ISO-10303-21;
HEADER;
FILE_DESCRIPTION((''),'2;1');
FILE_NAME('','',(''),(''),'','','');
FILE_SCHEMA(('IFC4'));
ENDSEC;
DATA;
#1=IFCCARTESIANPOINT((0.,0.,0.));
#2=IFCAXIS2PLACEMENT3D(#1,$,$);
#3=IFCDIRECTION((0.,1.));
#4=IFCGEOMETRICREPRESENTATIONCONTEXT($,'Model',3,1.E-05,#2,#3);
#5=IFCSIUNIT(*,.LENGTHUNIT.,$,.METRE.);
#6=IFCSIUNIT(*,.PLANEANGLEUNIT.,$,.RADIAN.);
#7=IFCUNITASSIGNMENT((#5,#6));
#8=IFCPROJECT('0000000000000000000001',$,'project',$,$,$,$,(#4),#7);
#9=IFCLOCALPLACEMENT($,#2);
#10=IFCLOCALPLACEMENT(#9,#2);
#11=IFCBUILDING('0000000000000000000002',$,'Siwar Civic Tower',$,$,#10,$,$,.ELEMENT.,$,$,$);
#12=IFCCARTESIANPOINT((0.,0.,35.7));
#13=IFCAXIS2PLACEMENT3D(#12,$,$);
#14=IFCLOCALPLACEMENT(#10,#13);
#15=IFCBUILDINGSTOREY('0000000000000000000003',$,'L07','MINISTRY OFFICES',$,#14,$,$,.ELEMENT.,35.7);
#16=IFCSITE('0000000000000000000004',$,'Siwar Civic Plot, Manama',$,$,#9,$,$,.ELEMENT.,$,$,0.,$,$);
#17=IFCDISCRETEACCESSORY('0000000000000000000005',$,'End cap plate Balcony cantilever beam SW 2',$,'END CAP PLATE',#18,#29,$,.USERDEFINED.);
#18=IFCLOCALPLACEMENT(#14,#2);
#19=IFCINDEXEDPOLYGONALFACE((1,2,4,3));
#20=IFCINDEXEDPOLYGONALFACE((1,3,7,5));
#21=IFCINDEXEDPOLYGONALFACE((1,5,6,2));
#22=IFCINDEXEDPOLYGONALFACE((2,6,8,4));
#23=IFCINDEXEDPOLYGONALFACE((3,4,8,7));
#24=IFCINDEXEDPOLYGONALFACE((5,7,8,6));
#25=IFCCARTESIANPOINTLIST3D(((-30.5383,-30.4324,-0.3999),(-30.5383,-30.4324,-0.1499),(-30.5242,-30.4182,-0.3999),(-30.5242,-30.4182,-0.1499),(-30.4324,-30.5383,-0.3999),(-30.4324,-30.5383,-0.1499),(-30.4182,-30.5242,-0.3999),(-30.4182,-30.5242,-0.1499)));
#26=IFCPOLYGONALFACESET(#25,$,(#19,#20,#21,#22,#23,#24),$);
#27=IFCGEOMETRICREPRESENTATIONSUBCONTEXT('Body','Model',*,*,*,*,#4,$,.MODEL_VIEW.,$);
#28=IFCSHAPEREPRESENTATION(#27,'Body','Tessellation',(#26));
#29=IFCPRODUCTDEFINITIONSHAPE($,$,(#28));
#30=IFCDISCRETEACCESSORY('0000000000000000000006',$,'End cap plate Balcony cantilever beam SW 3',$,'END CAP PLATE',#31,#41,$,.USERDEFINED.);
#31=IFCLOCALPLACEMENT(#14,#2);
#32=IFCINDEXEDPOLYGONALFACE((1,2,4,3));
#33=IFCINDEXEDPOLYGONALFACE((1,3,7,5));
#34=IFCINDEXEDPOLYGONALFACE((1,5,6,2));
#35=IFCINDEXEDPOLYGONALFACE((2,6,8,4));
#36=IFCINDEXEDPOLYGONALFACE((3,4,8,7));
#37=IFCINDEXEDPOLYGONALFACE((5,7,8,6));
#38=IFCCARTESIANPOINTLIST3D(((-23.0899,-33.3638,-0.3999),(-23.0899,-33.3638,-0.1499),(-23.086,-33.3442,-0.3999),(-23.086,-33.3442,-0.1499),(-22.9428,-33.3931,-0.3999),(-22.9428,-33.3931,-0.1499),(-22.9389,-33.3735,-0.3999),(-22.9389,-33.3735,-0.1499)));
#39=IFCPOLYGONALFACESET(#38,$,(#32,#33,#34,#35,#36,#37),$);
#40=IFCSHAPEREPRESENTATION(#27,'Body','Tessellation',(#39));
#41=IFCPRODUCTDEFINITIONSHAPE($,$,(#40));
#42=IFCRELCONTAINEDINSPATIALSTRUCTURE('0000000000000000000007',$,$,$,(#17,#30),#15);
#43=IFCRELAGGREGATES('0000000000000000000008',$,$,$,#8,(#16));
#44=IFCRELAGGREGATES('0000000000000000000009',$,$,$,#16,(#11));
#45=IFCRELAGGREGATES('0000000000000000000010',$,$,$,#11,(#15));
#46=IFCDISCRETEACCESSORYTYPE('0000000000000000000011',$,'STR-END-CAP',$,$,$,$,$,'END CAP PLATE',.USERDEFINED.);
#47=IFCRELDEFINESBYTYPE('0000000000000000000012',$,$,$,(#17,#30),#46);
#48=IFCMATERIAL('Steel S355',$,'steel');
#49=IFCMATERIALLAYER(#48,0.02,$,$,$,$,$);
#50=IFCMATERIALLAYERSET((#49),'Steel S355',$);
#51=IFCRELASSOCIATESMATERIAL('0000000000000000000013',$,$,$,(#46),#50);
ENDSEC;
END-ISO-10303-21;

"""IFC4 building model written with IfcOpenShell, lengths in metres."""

from ifc_helpers import new_model, si_unit, direction, frame, origin, origin_2d, place, context, subcontext, project, spatial, rectangle, extrude, material, layer, layer_set, type_object, element, save


model = new_model("IFC4")

# Units and contexts
model_context = context("Model", 3, precision=1e-05, world=origin(), true_north=direction((0.0, 1.0)))
body_context = subcontext(model_context, "Body", "Model", "MODEL_VIEW")
ifc_project = project(units=[si_unit("LENGTHUNIT", "METRE"), si_unit("PLANEANGLEUNIT", "RADIAN")], contexts=[model_context])

# Site, building, storey
site_placement = place(None, origin())
site = spatial("IfcSite", under=ifc_project, at=site_placement, Name="Siwar Civic Plot, Manama", CompositionType="ELEMENT", RefElevation=0.0)
building_placement = place(site_placement, origin())
building = spatial("IfcBuilding", under=site, at=building_placement, Name="Siwar Civic Tower", CompositionType="ELEMENT")
storey_placement = place(building_placement, frame((0.0, 0.0, 35.7)))
storey = spatial("IfcBuildingStorey", under=building, at=storey_placement, Name="L07", Description="MINISTRY OFFICES", CompositionType="ELEMENT", Elevation=35.7)

# Discrete accessories
ifc_material_1 = material(Name="Steel S355", Category="steel")
ifc_layer_1 = layer(ifc_material_1, 0.02)
ifc_layer_set_1 = layer_set([ifc_layer_1], Name="Steel S355")
discrete_accessory_type_1 = type_object("IfcDiscreteAccessoryType", Name="STR-END-CAP", ElementType="END CAP PLATE", PredefinedType="USERDEFINED", material=ifc_layer_set_1)
for number, where, z_axis, x_axis, name in (
    (1, (-30.4783, -30.4783, -0.3999), (0.0, 0.0, 1.0), (-0.707107, -0.707107, 0.0), "End cap plate Balcony cantilever beam SW 2"),
    (2, (-23.0144, -33.3687, -0.3999), (0.0, 0.0, 1.0), (-0.19509, -0.980785, 0.0), "End cap plate Balcony cantilever beam SW 3"),
):
    element("IfcDiscreteAccessory", number, at=place(storey_placement, frame(where, z_axis=z_axis, x_axis=x_axis)), inside=storey, type_object=discrete_accessory_type_1, Name=name, ObjectType="END CAP PLATE", PredefinedType="USERDEFINED", context=body_context, shape_type="SweptSolid", body=[
        extrude(rectangle(XDim=0.02, YDim=0.1499, at=origin_2d()), origin(), (0.0, 0.0, 1.0), 0.25),
    ])

save(model, "model.ifc")
